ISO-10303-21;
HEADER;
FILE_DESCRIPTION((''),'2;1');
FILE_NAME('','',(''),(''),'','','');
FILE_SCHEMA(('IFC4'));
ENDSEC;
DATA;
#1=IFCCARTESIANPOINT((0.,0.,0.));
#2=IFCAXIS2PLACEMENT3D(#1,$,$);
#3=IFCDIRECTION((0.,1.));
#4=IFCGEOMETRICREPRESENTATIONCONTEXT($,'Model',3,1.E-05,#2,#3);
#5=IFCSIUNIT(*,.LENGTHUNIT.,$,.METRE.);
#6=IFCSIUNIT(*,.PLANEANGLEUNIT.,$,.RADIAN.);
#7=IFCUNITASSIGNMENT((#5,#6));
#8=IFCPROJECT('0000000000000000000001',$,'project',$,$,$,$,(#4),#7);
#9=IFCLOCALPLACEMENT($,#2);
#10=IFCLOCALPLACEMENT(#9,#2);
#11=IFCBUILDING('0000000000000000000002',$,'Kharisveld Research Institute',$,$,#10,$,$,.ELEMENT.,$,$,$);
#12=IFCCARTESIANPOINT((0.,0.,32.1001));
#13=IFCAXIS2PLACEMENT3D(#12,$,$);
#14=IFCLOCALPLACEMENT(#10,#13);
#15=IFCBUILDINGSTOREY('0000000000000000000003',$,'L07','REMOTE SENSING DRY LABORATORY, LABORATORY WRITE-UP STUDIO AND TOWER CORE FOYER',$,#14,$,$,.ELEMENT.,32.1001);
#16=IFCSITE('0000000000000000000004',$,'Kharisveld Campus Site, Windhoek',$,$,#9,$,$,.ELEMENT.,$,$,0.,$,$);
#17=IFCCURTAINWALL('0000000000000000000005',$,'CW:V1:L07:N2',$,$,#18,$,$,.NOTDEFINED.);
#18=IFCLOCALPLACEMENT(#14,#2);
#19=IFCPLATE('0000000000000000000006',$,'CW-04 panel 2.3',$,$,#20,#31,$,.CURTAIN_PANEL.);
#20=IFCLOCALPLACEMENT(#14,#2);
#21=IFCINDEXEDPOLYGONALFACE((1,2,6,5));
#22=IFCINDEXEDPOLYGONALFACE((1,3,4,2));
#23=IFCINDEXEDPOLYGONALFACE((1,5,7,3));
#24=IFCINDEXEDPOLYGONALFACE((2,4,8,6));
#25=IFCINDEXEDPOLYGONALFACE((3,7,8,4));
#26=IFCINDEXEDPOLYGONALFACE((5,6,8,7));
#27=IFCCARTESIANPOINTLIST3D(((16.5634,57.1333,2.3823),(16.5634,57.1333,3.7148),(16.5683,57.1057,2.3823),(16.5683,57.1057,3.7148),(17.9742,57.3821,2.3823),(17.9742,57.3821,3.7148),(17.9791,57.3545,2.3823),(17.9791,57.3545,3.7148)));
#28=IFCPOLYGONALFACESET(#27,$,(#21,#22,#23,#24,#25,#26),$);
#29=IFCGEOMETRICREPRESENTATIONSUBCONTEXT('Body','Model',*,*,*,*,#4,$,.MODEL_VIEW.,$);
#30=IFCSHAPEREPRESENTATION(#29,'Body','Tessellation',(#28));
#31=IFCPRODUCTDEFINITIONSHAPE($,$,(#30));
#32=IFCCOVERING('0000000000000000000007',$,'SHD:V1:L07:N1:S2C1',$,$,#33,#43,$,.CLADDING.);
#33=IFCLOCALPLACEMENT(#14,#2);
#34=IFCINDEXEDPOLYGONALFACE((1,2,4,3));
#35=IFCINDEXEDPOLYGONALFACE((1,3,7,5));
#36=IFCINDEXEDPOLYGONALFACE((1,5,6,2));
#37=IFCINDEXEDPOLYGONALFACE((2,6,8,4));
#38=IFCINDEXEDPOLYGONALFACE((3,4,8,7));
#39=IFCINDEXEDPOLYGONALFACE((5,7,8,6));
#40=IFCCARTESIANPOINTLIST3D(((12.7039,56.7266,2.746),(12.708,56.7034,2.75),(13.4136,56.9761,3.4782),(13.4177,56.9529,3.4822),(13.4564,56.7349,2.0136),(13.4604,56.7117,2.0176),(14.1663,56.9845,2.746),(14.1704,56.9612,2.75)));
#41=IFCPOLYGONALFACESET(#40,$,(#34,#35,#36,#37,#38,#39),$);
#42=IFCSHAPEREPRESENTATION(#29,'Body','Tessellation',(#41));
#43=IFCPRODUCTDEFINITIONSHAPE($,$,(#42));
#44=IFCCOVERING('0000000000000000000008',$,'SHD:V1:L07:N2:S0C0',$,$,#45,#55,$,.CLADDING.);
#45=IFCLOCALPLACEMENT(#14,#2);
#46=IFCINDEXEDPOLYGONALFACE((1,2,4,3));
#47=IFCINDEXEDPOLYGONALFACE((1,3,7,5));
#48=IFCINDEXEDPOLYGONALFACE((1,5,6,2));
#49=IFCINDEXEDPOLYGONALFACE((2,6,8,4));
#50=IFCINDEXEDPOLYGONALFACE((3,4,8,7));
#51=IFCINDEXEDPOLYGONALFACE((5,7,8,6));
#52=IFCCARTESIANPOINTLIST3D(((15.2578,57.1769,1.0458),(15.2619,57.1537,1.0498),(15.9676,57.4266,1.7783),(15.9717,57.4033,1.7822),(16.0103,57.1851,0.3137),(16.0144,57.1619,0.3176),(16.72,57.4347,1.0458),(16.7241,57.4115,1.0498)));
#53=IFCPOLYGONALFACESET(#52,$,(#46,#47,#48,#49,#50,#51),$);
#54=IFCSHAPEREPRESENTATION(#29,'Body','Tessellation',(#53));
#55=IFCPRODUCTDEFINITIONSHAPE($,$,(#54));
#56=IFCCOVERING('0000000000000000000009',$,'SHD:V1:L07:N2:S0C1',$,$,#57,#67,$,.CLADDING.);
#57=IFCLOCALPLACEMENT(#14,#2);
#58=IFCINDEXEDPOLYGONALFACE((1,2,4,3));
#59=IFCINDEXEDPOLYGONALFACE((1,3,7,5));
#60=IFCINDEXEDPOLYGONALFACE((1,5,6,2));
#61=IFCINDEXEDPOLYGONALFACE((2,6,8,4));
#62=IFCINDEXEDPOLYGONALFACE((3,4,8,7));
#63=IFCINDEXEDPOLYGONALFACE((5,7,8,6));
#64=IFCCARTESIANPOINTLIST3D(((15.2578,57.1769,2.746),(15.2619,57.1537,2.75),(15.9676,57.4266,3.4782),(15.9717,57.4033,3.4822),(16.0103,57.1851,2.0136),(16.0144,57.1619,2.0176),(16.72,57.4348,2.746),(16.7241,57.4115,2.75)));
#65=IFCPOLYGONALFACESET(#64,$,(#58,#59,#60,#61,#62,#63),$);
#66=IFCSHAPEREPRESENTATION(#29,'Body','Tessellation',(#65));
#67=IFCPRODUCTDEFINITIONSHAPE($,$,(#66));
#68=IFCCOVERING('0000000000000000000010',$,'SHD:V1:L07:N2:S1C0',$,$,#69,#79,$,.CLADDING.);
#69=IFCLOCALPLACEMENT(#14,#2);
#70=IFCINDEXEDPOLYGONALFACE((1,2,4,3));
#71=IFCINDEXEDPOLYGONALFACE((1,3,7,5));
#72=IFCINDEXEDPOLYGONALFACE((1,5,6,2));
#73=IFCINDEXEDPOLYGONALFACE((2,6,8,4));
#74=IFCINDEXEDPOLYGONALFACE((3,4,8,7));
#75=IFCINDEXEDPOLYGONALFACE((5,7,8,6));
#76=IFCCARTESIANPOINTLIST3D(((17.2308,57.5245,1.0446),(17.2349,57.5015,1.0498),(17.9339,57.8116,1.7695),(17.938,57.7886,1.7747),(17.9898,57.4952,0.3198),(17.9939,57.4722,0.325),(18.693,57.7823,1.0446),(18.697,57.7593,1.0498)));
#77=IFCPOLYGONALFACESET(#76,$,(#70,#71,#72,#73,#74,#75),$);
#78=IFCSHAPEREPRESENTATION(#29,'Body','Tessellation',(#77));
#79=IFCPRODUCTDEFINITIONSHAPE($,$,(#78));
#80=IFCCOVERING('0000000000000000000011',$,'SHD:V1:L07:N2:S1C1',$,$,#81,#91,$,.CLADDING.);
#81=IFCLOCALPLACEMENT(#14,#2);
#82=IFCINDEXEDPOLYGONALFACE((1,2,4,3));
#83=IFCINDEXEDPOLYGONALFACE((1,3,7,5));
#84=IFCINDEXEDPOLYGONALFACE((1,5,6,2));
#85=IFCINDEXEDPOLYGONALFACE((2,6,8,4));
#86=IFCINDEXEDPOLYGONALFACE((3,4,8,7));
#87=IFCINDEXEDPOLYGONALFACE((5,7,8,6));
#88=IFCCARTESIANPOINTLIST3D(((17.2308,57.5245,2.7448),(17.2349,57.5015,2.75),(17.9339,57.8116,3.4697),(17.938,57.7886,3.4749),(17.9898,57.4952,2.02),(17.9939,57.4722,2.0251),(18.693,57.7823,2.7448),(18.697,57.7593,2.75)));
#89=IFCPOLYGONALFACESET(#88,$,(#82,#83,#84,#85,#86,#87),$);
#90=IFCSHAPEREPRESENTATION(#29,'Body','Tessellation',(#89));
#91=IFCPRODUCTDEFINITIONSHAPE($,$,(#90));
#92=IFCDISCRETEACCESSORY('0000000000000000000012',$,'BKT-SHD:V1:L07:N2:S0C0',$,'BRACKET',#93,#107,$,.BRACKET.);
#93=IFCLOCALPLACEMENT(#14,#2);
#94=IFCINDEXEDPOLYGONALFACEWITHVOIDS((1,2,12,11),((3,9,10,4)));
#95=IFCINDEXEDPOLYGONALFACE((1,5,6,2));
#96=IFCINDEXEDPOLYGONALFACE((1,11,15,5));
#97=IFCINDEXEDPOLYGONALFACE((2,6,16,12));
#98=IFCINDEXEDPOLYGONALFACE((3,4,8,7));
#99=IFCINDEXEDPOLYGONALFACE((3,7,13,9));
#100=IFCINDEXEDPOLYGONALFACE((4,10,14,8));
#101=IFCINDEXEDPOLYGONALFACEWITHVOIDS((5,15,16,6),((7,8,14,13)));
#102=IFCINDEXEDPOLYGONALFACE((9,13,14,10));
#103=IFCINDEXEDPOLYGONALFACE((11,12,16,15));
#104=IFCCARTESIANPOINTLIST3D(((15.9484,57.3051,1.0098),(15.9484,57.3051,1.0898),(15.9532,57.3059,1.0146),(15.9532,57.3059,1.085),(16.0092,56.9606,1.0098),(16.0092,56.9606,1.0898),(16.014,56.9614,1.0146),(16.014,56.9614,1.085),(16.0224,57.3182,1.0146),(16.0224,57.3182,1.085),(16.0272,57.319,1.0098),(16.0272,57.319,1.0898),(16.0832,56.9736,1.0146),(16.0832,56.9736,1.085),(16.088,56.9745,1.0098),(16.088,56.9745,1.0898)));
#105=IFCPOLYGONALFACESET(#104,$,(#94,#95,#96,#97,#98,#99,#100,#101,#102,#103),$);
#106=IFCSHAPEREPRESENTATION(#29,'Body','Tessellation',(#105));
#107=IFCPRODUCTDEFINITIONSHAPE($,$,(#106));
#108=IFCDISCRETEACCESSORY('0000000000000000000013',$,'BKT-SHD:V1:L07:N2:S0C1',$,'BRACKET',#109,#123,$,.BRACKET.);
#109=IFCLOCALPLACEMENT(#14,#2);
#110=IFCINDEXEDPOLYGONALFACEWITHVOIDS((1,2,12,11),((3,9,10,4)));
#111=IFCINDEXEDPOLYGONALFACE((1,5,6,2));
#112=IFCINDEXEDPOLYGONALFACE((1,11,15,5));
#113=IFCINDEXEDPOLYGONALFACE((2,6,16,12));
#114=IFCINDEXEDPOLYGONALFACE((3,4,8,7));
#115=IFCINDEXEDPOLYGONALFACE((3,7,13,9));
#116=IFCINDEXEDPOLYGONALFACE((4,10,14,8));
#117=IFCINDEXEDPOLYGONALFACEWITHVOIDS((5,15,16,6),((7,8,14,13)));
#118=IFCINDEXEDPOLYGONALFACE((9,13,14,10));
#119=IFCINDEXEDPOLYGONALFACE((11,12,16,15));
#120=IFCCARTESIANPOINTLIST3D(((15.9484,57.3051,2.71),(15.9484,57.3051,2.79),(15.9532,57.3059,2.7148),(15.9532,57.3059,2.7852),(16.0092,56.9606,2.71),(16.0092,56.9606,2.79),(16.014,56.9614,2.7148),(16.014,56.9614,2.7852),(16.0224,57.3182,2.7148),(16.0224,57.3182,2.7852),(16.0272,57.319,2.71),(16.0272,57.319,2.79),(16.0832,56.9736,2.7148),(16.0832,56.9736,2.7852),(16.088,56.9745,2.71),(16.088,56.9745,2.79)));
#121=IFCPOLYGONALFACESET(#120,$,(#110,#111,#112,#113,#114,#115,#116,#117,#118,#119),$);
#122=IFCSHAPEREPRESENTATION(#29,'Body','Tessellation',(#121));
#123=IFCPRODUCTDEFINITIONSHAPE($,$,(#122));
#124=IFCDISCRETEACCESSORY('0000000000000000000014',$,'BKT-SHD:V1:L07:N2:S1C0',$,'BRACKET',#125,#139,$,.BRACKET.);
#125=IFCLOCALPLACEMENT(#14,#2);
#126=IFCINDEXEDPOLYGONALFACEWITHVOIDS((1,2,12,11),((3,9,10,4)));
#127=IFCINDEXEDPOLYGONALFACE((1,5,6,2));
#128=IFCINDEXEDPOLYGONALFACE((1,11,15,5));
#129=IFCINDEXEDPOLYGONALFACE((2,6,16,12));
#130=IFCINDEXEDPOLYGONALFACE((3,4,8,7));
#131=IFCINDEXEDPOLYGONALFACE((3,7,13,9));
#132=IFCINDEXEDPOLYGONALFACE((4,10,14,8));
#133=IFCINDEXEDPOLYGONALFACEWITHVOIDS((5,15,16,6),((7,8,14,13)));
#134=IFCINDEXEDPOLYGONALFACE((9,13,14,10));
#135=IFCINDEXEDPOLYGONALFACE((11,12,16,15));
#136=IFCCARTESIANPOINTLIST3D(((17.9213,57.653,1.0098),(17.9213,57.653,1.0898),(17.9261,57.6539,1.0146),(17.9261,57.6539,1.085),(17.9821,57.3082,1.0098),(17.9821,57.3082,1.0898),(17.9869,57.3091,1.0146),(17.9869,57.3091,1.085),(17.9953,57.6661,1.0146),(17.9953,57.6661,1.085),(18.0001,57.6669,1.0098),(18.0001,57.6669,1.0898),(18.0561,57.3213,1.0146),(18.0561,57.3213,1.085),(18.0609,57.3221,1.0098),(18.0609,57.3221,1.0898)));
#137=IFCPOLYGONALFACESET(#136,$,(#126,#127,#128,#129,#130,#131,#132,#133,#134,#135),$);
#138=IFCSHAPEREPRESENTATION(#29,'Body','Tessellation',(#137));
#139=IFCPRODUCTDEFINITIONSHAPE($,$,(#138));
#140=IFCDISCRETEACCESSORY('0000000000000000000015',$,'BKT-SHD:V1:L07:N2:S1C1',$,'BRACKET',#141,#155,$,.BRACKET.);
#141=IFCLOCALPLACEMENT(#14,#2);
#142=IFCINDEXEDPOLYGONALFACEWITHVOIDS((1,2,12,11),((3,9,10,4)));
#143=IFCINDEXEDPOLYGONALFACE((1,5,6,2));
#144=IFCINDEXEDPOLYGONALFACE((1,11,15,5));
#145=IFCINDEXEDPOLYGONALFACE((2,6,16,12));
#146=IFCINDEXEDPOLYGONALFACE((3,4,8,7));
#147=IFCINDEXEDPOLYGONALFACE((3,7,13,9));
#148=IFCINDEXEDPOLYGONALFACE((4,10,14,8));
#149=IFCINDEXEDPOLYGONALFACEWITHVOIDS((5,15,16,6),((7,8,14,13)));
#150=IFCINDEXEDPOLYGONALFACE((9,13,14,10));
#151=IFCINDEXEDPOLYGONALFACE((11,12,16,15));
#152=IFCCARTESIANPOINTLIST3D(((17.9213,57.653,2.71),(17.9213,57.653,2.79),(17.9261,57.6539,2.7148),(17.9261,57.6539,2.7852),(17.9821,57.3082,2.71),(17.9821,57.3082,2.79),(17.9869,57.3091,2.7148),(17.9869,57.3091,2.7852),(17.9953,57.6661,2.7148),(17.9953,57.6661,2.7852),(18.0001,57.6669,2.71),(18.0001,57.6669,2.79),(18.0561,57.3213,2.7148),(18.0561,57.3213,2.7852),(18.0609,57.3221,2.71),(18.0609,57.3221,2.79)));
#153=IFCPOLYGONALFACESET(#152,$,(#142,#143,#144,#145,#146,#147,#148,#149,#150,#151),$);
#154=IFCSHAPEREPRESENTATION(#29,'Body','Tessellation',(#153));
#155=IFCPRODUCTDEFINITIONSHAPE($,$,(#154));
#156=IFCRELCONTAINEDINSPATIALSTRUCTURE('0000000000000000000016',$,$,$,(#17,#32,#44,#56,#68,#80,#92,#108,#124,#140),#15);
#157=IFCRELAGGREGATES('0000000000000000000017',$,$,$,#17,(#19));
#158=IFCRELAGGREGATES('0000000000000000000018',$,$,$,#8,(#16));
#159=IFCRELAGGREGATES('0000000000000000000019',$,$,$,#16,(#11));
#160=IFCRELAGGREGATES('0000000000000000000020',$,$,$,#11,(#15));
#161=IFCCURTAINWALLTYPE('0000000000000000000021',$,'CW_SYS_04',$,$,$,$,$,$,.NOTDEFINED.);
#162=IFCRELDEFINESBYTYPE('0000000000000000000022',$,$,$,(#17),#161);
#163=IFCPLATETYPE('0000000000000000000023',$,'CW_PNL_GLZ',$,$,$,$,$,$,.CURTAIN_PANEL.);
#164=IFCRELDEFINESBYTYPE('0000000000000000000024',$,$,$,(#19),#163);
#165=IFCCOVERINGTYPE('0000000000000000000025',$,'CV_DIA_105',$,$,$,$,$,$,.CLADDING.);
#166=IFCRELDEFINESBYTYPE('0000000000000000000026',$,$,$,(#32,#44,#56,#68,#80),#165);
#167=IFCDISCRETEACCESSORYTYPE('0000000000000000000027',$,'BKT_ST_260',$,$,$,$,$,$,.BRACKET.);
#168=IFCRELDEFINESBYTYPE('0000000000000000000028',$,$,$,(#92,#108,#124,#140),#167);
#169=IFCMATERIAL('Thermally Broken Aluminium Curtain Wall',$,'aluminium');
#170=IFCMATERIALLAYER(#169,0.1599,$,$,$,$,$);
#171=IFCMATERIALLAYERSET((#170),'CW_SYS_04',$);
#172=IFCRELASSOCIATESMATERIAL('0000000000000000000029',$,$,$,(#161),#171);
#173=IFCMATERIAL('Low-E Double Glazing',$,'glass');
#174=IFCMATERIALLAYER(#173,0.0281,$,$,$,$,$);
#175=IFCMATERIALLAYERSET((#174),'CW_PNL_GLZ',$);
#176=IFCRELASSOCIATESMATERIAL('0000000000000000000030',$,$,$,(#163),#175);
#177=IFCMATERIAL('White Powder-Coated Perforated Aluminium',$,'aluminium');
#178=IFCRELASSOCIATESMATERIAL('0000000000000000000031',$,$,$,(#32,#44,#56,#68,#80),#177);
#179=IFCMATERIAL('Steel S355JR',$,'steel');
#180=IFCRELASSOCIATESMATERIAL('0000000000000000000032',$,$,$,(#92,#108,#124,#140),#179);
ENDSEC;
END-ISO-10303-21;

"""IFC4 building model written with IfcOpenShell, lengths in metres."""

from ifc_helpers import new_model, si_unit, direction, frame, origin, origin_2d, place, context, subcontext, project, spatial, polyline, rectangle, hollow_rectangle, outline, extrude, material, layer, layer_set, type_object, element, aggregate, save


model = new_model("IFC4")

# Units and contexts
model_context = context("Model", 3, precision=1e-05, world=origin(), true_north=direction((0.0, 1.0)))
body_context = subcontext(model_context, "Body", "Model", "MODEL_VIEW")
ifc_project = project(units=[si_unit("LENGTHUNIT", "METRE"), si_unit("PLANEANGLEUNIT", "RADIAN")], contexts=[model_context])

# Site, building, storey
site_placement = place(None, origin())
site = spatial("IfcSite", under=ifc_project, at=site_placement, Name="Kharisveld Campus Site, Windhoek", CompositionType="ELEMENT", RefElevation=0.0)
building_placement = place(site_placement, origin())
building = spatial("IfcBuilding", under=site, at=building_placement, Name="Kharisveld Research Institute", CompositionType="ELEMENT")
storey_placement = place(building_placement, frame((0.0, 0.0, 32.1001)))
storey = spatial("IfcBuildingStorey", under=building, at=storey_placement, Name="L07", Description="REMOTE SENSING DRY LABORATORY, LABORATORY WRITE-UP STUDIO AND TOWER CORE FOYER", CompositionType="ELEMENT", Elevation=32.1001)

# Curtain wall
ifc_material_1 = material(Name="Thermally Broken Aluminium Curtain Wall", Category="aluminium")
ifc_layer_1 = layer(ifc_material_1, 0.1599)
ifc_layer_set_1 = layer_set([ifc_layer_1], Name="CW_SYS_04")
curtain_wall_type_1 = type_object("IfcCurtainWallType", Name="CW_SYS_04", PredefinedType="NOTDEFINED", material=ifc_layer_set_1)
curtain_wall_1_placement = place(storey_placement, origin())
curtain_wall_1 = element("IfcCurtainWall", 1, at=curtain_wall_1_placement, inside=storey, type_object=curtain_wall_type_1, Name="CW:V1:L07:N2", PredefinedType="NOTDEFINED")

# Plate
ifc_material_2 = material(Name="Low-E Double Glazing", Category="glass")
ifc_layer_2 = layer(ifc_material_2, 0.0281)
ifc_layer_set_2 = layer_set([ifc_layer_2], Name="CW_PNL_GLZ")
plate_type = type_object("IfcPlateType", Name="CW_PNL_GLZ", PredefinedType="CURTAIN_PANEL", material=ifc_layer_set_2)
plate_1_placement = place(storey_placement, frame((17.2712, 57.2439, 2.3823), z_axis=(0.0, 0.0, 1.0), x_axis=(0.984808, 0.173648, 0.0)))
plate_1 = element("IfcPlate", 2, at=plate_1_placement, type_object=plate_type, Name="CW-04 panel 2.3", PredefinedType="CURTAIN_PANEL", context=body_context, shape_type="SweptSolid", body=[
    extrude(rectangle(XDim=1.4326, YDim=0.0281, at=origin_2d()), origin(), (0.0, 0.0, 1.0), 1.3325),
])
aggregate(curtain_wall_1, [plate_1])

# Coverings
ifc_material_3 = material(Name="White Powder-Coated Perforated Aluminium", Category="aluminium")
covering_type = type_object("IfcCoveringType", Name="CV_DIA_105", PredefinedType="CLADDING")
covering_1_placement = place(storey_placement, frame((13.4604, 56.7117, 2.0176), z_axis=(0.171238, -0.971321, 0.164966), x_axis=(0.676072, 0.237642, 0.697462)))
element("IfcCovering", 3, at=covering_1_placement, inside=storey, type_object=covering_type, material=ifc_material_3, Name="SHD:V1:L07:N1:S2C1", PredefinedType="CLADDING", context=body_context, shape_type="SweptSolid", body=[
    extrude(outline(polyline([(0.0, 0.0), (1.0501, 0.0), (1.0499, 1.0501), (0.0002, 1.0501), (0.0, 0.0)])), origin(), (0.0, 0.0, -1.0), 0.0239),
])
covering_2_placement = place(storey_placement, frame((16.0144, 57.1619, 0.3176), z_axis=(0.171261, -0.97129, 0.165124), x_axis=(0.676046, 0.237771, 0.697443)))
element("IfcCovering", 4, at=covering_2_placement, inside=storey, type_object=covering_type, material=ifc_material_3, Name="SHD:V1:L07:N2:S0C0", PredefinedType="CLADDING", context=body_context, shape_type="SweptSolid", body=[
    extrude(outline(polyline([(0.0, 0.0), (1.0498, 0.0), (1.05, 1.0501), (0.0, 1.0499), (0.0, 0.0)])), origin(), (0.0, 0.0, -1.0), 0.0239),
])
covering_3_placement = place(storey_placement, frame((16.0144, 57.1619, 2.0176), z_axis=(0.171261, -0.97129, 0.165124), x_axis=(0.67593, 0.23777, 0.697556)))
element("IfcCovering", 5, at=covering_3_placement, inside=storey, type_object=covering_type, material=ifc_material_3, Name="SHD:V1:L07:N2:S0C1", PredefinedType="CLADDING", context=body_context, shape_type="SweptSolid", body=[
    extrude(outline(polyline([(0.0, 0.0), (1.05, 0.0), (1.0502, 1.0499), (0.0003, 1.0501), (0.0, 0.0)])), origin(), (0.0, 0.0, -1.0), 0.0239),
])
for number, where, z_axis, x_axis, name in (
    (6, (17.9939, 57.4722, 0.325), (0.169531, -0.961476, 0.216385), (0.669725, 0.273471, 0.690421), "SHD:V1:L07:N2:S1C0"),
    (7, (17.9939, 57.4722, 2.0251), (0.169531, -0.961476, 0.216385), (0.669725, 0.273471, 0.690421), "SHD:V1:L07:N2:S1C1"),
):
    element("IfcCovering", number, at=place(storey_placement, frame(where, z_axis=z_axis, x_axis=x_axis)), inside=storey, type_object=covering_type, material=ifc_material_3, Name=name, PredefinedType="CLADDING", context=body_context, shape_type="SweptSolid", body=[
        extrude(outline(polyline([(0.0, 0.0), (1.0499, 0.0), (1.05, 1.05), (0.0001, 1.05), (0.0, 0.0)])), origin(), (0.0, 0.0, -1.0), 0.0239),
    ])

# Discrete accessories
ifc_material_4 = material(Name="Steel S355JR", Category="steel")
discrete_accessory_type = type_object("IfcDiscreteAccessoryType", Name="BKT_ST_260", PredefinedType="BRACKET")
for number, where, z_axis, x_axis, name in (
    (8, (16.0486, 56.9675, 1.0498), (-0.173785, 0.984784, 0.0), (-0.984784, -0.173785, 0.0), "BKT-SHD:V1:L07:N2:S0C0"),
    (9, (16.0486, 56.9675, 2.75), (-0.173785, 0.984784, 0.0), (-0.984784, -0.173785, 0.0), "BKT-SHD:V1:L07:N2:S0C1"),
):
    element("IfcDiscreteAccessory", number, at=place(storey_placement, frame(where, z_axis=z_axis, x_axis=x_axis)), inside=storey, type_object=discrete_accessory_type, material=ifc_material_4, Name=name, ObjectType="BRACKET", PredefinedType="BRACKET", context=body_context, shape_type="SweptSolid", body=[
        extrude(hollow_rectangle(XDim=0.0801, YDim=0.0801, WallThickness=0.0049, at=origin_2d()), origin(), (0.0, 0.0, 1.0), 0.3499),
    ])
for number, where, z_axis, x_axis, name in (
    (10, (18.0215, 57.3152, 1.0498), (-0.173666, 0.984805, 0.0), (-0.984805, -0.173666, 0.0), "BKT-SHD:V1:L07:N2:S1C0"),
    (11, (18.0215, 57.3152, 2.75), (-0.173666, 0.984805, 0.0), (-0.984805, -0.173666, 0.0), "BKT-SHD:V1:L07:N2:S1C1"),
):
    element("IfcDiscreteAccessory", number, at=place(storey_placement, frame(where, z_axis=z_axis, x_axis=x_axis)), inside=storey, type_object=discrete_accessory_type, material=ifc_material_4, Name=name, ObjectType="BRACKET", PredefinedType="BRACKET", context=body_context, shape_type="SweptSolid", body=[
        extrude(hollow_rectangle(XDim=0.0801, YDim=0.0801, WallThickness=0.0049, at=origin_2d()), origin(), (0.0, 0.0, 1.0), 0.3501),
    ])

save(model, "model.ifc")
